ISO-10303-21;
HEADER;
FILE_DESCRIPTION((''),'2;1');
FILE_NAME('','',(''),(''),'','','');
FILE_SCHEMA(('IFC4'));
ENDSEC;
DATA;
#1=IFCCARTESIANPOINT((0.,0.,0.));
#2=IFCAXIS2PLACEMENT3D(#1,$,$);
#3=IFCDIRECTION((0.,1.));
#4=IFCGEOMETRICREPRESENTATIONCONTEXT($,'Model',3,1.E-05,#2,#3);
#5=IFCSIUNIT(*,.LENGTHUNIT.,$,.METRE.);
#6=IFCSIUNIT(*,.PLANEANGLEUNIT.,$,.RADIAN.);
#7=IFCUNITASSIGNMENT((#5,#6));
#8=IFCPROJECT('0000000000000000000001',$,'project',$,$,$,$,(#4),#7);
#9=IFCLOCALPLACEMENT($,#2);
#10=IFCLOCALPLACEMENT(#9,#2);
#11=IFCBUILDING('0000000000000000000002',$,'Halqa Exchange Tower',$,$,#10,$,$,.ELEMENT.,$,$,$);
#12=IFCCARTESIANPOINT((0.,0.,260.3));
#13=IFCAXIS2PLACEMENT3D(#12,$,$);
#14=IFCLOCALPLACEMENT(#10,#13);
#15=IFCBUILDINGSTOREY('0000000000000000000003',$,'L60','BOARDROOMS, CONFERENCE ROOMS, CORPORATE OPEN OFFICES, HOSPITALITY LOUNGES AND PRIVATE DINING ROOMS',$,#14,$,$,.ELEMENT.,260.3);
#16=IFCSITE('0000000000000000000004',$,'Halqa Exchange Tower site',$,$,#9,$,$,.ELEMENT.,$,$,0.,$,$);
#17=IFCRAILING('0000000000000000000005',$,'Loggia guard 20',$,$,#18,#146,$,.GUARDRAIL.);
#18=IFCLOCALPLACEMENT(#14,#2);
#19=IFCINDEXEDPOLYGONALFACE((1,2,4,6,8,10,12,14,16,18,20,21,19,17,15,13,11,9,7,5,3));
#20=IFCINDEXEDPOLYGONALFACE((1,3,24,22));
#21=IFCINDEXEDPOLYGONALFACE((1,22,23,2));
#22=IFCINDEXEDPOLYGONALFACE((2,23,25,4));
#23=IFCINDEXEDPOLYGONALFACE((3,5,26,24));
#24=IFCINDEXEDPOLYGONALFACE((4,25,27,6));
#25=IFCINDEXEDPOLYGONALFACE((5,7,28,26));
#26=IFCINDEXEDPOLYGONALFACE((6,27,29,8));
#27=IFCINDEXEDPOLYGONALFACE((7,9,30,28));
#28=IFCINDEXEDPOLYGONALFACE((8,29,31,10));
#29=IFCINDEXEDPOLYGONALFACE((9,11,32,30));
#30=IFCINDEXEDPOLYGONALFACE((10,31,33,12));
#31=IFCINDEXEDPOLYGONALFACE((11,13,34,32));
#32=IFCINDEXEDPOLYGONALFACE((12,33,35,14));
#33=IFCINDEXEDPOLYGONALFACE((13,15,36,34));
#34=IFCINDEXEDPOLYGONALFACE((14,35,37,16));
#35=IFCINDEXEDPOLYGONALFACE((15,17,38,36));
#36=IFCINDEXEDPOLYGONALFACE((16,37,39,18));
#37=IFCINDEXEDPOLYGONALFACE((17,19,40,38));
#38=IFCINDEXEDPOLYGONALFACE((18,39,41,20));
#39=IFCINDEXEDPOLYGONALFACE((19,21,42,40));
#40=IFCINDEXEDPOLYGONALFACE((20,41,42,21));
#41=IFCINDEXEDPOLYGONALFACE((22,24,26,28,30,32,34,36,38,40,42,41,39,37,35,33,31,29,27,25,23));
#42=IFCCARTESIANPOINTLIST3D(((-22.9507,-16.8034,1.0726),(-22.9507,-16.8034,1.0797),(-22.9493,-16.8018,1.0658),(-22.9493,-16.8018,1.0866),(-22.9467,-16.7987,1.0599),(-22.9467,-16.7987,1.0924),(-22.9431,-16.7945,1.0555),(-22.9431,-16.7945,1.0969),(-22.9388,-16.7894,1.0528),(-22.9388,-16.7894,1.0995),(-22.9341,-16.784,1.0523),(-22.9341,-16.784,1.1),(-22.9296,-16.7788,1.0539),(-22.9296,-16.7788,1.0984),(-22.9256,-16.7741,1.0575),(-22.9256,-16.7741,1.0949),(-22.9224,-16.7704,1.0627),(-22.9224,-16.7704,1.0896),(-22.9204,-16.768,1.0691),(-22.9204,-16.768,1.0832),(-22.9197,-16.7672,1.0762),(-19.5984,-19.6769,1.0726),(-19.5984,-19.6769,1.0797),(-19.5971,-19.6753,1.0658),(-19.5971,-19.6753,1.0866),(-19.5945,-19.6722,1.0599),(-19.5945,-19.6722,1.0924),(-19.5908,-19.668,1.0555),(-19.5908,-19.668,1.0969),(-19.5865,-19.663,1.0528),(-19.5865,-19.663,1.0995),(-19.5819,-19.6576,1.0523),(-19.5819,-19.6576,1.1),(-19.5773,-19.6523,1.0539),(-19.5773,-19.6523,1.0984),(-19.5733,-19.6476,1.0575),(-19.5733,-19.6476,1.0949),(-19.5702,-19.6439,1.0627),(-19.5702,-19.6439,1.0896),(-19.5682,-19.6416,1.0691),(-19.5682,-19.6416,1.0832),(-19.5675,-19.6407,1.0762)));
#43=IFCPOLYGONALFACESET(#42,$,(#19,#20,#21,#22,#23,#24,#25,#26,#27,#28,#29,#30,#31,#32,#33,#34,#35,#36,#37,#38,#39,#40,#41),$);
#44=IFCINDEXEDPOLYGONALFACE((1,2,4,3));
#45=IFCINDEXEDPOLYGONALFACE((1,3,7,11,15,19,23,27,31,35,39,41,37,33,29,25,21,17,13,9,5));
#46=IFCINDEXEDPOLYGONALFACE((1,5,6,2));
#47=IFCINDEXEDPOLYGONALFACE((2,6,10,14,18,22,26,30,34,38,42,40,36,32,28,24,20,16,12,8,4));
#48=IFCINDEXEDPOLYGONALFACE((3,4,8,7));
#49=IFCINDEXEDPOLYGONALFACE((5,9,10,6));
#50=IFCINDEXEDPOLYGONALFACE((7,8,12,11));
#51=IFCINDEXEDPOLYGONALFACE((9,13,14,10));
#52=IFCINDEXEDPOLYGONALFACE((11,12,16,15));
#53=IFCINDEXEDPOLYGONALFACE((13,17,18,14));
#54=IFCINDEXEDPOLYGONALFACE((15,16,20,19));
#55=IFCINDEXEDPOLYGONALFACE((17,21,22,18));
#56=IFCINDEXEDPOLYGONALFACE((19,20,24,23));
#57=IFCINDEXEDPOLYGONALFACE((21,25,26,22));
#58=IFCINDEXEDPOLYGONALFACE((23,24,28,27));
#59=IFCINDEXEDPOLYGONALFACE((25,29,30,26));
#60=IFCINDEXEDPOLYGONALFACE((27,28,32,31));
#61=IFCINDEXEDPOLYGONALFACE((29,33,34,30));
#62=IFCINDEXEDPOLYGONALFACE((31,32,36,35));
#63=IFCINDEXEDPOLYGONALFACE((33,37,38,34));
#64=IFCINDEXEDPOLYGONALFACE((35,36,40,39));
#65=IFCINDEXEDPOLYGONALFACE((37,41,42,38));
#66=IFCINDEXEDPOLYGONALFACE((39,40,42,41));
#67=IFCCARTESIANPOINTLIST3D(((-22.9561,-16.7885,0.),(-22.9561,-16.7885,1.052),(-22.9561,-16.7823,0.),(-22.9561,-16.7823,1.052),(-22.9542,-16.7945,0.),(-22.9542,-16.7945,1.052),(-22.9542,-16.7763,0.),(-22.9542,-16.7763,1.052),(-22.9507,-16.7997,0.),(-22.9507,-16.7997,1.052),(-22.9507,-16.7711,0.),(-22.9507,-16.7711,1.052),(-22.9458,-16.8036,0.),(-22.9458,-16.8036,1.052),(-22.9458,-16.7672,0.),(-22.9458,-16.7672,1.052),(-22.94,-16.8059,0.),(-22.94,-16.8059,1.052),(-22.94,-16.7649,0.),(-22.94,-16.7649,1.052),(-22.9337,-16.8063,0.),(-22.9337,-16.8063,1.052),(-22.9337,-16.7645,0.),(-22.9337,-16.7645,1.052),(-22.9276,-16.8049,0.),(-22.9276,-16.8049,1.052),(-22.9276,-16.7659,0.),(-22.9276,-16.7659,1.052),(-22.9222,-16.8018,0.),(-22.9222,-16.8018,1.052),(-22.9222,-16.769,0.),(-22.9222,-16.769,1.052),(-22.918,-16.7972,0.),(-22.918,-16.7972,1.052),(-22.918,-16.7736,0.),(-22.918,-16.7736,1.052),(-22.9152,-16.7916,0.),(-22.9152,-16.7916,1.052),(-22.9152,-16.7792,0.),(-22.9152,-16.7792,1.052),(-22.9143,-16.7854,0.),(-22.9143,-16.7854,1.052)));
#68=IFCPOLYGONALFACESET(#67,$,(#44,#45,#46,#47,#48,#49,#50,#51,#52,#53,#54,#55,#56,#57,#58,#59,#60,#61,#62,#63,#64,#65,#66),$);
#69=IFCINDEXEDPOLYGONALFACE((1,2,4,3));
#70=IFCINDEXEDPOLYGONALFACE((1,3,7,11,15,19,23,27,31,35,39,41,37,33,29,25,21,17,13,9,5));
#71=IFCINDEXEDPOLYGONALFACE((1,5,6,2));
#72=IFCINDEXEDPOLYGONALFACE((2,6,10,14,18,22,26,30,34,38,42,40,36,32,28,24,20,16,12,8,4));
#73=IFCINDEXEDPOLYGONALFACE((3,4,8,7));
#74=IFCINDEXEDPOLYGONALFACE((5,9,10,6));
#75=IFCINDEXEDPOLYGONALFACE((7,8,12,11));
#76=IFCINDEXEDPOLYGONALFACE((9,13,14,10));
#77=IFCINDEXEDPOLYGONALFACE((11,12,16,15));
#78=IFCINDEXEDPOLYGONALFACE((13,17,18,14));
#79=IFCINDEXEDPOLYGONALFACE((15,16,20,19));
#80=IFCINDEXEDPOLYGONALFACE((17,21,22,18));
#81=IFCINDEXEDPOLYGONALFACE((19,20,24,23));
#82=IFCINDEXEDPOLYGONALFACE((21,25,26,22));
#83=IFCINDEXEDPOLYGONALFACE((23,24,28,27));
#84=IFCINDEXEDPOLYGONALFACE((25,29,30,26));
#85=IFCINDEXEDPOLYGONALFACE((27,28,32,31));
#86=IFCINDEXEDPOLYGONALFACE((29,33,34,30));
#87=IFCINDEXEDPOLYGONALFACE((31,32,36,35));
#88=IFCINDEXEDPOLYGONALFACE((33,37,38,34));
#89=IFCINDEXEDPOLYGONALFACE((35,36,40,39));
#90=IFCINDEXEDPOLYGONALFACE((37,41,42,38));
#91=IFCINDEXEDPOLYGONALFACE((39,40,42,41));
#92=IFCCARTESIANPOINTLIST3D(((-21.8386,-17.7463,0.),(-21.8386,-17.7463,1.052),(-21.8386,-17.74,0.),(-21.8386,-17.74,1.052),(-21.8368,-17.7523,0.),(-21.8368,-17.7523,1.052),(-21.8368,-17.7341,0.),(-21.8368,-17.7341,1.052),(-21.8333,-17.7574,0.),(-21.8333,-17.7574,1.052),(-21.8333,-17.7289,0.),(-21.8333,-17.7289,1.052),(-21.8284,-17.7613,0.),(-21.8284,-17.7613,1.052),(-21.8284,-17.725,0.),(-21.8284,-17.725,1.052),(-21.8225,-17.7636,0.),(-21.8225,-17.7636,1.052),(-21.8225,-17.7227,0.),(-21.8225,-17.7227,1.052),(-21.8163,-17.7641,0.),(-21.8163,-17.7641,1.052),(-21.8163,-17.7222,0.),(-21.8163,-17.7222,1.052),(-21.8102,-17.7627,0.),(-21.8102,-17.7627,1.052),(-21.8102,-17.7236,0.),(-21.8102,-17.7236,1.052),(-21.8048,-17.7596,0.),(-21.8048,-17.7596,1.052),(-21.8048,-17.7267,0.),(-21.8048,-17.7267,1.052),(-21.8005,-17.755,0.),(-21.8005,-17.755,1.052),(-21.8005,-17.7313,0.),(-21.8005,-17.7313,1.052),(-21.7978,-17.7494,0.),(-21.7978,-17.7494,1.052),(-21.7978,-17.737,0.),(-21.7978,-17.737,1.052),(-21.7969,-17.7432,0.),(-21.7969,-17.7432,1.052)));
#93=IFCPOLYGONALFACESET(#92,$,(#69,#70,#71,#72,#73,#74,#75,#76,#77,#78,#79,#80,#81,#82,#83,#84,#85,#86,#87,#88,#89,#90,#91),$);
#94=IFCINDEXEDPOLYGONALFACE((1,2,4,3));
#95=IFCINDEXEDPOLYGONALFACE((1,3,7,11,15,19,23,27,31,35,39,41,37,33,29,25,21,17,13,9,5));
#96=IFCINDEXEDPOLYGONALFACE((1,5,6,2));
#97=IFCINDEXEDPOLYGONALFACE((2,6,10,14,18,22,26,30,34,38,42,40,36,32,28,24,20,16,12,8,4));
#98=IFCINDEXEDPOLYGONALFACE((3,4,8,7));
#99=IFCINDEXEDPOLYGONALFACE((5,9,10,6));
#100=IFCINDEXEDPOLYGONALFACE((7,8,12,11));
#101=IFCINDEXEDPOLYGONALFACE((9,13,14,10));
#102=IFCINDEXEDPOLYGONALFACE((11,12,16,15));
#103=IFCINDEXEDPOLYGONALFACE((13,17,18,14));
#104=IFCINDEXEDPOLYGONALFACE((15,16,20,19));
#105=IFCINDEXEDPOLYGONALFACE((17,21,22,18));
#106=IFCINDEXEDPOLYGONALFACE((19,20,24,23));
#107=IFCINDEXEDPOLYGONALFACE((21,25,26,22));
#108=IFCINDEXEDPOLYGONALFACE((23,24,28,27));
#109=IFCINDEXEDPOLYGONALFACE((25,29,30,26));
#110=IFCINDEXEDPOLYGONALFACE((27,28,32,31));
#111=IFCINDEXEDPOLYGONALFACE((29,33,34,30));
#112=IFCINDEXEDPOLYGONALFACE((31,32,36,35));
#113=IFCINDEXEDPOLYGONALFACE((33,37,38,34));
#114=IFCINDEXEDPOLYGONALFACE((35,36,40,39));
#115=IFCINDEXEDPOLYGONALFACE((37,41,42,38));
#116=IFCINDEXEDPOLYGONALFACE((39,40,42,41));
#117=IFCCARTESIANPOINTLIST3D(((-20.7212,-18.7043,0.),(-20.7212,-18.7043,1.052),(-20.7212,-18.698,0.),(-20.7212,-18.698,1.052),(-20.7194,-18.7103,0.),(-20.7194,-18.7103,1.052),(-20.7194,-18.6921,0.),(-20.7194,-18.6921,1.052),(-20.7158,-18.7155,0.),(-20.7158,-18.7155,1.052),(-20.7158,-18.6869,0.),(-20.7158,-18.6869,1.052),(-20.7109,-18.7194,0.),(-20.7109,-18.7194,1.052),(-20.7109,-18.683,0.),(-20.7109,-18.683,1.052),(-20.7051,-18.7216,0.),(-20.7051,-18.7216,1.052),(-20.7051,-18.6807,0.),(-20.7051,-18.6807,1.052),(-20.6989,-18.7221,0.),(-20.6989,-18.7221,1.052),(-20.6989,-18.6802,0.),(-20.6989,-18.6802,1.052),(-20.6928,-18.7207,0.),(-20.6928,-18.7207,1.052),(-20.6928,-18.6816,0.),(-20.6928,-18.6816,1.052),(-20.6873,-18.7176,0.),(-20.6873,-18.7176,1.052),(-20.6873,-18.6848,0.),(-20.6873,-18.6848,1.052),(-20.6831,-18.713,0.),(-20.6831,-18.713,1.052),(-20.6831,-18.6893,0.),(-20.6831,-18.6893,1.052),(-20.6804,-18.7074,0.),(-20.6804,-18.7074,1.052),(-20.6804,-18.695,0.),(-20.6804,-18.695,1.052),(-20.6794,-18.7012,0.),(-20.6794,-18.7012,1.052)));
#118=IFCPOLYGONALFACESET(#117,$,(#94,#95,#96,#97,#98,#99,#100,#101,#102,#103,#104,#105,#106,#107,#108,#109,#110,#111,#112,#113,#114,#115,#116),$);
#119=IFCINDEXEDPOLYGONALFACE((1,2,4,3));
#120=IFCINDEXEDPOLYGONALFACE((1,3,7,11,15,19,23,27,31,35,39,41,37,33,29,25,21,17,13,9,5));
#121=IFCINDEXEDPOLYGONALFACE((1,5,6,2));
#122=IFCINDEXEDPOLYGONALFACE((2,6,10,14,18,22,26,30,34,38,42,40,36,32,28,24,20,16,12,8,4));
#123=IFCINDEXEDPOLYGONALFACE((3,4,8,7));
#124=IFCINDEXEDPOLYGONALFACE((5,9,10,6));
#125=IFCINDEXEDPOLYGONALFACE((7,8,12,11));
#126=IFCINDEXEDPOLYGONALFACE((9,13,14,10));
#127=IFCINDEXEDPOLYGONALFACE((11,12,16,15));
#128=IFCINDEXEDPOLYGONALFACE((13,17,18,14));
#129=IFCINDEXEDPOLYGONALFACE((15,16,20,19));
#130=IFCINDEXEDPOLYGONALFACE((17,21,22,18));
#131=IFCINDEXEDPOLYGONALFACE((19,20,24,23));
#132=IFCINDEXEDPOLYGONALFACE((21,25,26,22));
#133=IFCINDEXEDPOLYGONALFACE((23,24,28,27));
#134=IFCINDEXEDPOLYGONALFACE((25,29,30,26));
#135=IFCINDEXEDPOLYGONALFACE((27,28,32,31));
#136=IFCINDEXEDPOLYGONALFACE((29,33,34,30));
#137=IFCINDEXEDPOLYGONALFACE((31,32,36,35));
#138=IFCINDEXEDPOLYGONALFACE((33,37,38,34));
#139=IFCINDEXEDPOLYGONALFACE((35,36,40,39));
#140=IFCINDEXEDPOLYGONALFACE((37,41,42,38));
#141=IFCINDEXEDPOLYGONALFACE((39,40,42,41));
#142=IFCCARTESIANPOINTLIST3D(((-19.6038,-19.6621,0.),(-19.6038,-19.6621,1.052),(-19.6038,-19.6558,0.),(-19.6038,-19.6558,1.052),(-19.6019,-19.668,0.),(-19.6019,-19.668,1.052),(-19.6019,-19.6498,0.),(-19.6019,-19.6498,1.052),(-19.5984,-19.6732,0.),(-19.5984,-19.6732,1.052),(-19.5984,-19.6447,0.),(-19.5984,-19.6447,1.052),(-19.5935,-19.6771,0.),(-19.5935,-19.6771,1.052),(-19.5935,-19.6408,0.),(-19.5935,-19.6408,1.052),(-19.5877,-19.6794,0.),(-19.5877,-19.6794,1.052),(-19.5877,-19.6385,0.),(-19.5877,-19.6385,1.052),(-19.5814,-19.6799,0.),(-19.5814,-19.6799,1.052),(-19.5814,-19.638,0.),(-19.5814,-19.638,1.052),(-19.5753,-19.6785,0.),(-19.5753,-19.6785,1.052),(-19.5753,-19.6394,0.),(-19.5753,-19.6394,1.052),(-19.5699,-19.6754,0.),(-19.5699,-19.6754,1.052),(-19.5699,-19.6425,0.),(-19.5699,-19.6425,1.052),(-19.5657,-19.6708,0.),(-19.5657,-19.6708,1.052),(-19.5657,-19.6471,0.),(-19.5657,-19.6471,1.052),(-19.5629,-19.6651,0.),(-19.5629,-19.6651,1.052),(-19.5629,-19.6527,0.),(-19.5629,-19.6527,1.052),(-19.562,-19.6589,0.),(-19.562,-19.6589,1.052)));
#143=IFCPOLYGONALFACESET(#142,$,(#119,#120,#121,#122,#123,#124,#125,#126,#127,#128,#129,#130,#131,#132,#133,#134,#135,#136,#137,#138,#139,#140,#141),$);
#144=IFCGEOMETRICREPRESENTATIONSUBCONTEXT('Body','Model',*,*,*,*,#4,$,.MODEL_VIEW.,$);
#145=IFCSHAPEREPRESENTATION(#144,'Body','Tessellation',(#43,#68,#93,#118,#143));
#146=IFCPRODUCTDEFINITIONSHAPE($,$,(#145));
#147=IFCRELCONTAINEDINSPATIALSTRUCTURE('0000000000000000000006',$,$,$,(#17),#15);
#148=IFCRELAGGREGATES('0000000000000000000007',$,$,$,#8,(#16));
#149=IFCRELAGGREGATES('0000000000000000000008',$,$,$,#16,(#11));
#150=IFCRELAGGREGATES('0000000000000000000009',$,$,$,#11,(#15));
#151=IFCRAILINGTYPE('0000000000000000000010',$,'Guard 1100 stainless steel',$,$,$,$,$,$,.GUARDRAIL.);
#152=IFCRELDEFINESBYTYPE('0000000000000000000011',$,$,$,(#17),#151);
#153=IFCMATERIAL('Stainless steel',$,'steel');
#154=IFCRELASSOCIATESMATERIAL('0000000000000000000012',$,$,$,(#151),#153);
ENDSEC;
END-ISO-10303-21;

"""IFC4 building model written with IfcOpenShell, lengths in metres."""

from ifc_helpers import new_model, si_unit, direction, frame, origin, origin_2d, place, context, subcontext, project, spatial, circle, extrude, material, type_object, element, save


model = new_model("IFC4")

# Units and contexts
model_context = context("Model", 3, precision=1e-05, world=origin(), true_north=direction((0.0, 1.0)))
body_context = subcontext(model_context, "Body", "Model", "MODEL_VIEW")
ifc_project = project(units=[si_unit("LENGTHUNIT", "METRE"), si_unit("PLANEANGLEUNIT", "RADIAN")], contexts=[model_context])

# Site, building, storey
site_placement = place(None, origin())
site = spatial("IfcSite", under=ifc_project, at=site_placement, Name="Halqa Exchange Tower site", CompositionType="ELEMENT", RefElevation=0.0)
building_placement = place(site_placement, origin())
building = spatial("IfcBuilding", under=site, at=building_placement, Name="Halqa Exchange Tower", CompositionType="ELEMENT")
storey_placement = place(building_placement, frame((0.0, 0.0, 260.3)))
storey = spatial("IfcBuildingStorey", under=building, at=storey_placement, Name="L60", Description="BOARDROOMS, CONFERENCE ROOMS, CORPORATE OPEN OFFICES, HOSPITALITY LOUNGES AND PRIVATE DINING ROOMS", CompositionType="ELEMENT", Elevation=260.3)

# Railing
ifc_material_1 = material(Name="Stainless steel", Category="steel")
railing_type = type_object("IfcRailingType", Name="Guard 1100 stainless steel", PredefinedType="GUARDRAIL", material=ifc_material_1)
railing_1_placement = place(storey_placement, frame((-22.9353, -16.7854, 0.0)))
element("IfcRailing", 1, at=railing_1_placement, inside=storey, type_object=railing_type, Name="Loggia guard 20", PredefinedType="GUARDRAIL", context=body_context, shape_type="SweptSolid", body=[
    extrude(circle(Radius=0.0239, at=origin_2d()), frame((0.0, 0.0, 1.0762), z_axis=(0.759241, -0.65081, 0.0), x_axis=(0.65081, 0.759241, 0.0)), (0.0, 0.0, 1.0), 4.4153),
    extrude(circle(Radius=0.021, at=origin_2d()), origin(), (0.0, 0.0, 1.0), 1.052),
    extrude(circle(Radius=0.021, at=origin_2d()), frame((1.1174, -0.9578, 0.0)), (0.0, 0.0, 1.0), 1.052),
    extrude(circle(Radius=0.021, at=origin_2d()), frame((2.2349, -1.9158, 0.0)), (0.0, 0.0, 1.0), 1.052),
    extrude(circle(Radius=0.021, at=origin_2d()), frame((3.3523, -2.8735, 0.0)), (0.0, 0.0, 1.0), 1.052),
])

save(model, "model.ifc")
